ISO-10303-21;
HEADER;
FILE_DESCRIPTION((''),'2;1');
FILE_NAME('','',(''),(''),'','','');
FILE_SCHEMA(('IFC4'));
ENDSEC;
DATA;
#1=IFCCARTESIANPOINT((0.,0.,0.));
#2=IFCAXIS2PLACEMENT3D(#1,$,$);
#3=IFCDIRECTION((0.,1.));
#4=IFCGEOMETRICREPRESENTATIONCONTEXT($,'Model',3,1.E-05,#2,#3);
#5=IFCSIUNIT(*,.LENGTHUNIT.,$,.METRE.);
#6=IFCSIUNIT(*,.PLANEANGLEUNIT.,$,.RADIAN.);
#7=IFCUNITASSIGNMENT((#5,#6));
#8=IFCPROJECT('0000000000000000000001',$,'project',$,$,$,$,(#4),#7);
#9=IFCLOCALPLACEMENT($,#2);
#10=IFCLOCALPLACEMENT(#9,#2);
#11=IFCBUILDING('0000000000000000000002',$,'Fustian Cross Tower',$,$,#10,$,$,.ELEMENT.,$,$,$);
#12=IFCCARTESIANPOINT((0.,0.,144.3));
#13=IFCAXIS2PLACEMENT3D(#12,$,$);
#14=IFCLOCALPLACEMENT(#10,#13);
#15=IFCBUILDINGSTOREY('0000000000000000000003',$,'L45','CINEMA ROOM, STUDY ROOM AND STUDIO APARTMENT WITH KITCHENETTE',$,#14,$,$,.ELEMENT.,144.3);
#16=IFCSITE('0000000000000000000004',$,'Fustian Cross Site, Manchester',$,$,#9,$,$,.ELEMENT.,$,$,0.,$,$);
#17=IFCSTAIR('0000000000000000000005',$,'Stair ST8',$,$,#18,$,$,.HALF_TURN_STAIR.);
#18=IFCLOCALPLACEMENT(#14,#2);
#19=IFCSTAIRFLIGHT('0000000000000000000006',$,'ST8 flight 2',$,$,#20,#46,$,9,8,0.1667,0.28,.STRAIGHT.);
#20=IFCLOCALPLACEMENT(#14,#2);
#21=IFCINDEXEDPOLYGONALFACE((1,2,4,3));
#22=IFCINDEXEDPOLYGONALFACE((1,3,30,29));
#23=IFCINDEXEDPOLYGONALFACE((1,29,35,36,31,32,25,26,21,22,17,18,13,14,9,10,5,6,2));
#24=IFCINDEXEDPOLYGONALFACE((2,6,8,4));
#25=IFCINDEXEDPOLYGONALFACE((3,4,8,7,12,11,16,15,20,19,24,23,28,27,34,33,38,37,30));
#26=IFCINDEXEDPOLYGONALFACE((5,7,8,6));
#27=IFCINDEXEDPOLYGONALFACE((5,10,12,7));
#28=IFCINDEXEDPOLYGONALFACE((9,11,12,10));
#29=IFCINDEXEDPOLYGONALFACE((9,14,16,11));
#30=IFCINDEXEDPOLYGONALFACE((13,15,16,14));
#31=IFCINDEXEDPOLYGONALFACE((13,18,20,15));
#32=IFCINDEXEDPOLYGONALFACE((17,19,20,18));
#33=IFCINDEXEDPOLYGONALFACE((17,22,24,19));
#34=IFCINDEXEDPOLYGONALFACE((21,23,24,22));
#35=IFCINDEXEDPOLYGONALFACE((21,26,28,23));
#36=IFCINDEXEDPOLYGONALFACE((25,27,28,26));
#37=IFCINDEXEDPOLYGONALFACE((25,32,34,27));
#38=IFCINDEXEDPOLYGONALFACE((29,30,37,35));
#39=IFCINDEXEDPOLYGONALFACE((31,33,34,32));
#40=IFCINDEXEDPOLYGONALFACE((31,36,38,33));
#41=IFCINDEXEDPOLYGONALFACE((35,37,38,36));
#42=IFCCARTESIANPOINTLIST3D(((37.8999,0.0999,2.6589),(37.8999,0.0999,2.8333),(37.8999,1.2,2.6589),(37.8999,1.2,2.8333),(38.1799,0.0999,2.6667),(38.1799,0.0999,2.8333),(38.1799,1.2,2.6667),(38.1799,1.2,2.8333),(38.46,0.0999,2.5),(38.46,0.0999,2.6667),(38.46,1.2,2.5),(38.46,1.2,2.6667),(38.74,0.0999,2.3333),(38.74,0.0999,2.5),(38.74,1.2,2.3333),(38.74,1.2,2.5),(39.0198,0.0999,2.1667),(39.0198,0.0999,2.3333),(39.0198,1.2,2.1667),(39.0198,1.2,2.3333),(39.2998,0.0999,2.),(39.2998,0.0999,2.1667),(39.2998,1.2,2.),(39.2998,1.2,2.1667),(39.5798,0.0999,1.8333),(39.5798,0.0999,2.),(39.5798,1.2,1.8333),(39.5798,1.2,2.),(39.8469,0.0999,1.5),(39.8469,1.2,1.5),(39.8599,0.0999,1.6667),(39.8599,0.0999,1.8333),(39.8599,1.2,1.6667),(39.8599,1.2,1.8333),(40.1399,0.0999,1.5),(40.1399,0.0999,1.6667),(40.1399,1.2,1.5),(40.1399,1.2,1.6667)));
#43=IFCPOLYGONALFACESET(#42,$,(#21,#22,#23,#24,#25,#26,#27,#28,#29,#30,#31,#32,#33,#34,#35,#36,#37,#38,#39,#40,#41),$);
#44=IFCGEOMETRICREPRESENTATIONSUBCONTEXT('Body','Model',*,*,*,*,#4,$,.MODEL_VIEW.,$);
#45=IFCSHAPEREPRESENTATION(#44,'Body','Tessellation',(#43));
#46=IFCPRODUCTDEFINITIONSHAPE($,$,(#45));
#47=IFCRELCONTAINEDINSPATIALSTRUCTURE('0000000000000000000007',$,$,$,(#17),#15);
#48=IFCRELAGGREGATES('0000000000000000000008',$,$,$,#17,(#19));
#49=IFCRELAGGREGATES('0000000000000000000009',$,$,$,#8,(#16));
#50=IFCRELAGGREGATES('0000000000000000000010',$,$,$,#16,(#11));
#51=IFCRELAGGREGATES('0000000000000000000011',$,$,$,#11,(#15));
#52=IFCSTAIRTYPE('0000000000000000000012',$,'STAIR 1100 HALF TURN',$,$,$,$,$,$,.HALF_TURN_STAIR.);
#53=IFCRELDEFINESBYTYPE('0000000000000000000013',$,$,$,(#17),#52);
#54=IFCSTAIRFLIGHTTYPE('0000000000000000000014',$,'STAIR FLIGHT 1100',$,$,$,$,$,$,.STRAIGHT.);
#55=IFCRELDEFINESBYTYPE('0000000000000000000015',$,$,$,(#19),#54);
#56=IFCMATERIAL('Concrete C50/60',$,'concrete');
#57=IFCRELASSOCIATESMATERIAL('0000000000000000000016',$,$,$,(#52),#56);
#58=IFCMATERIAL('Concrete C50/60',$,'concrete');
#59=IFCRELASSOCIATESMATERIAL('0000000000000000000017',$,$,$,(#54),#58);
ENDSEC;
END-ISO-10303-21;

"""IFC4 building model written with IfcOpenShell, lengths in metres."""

from ifc_helpers import new_model, si_unit, direction, frame, origin, place, context, subcontext, project, spatial, polyline, outline, extrude, material, type_object, element, aggregate, save


model = new_model("IFC4")

# Units and contexts
model_context = context("Model", 3, precision=1e-05, world=origin(), true_north=direction((0.0, 1.0)))
body_context = subcontext(model_context, "Body", "Model", "MODEL_VIEW")
ifc_project = project(units=[si_unit("LENGTHUNIT", "METRE"), si_unit("PLANEANGLEUNIT", "RADIAN")], contexts=[model_context])

# Site, building, storey
site_placement = place(None, origin())
site = spatial("IfcSite", under=ifc_project, at=site_placement, Name="Fustian Cross Site, Manchester", CompositionType="ELEMENT", RefElevation=0.0)
building_placement = place(site_placement, origin())
building = spatial("IfcBuilding", under=site, at=building_placement, Name="Fustian Cross Tower", CompositionType="ELEMENT")
storey_placement = place(building_placement, frame((0.0, 0.0, 144.3)))
storey = spatial("IfcBuildingStorey", under=building, at=storey_placement, Name="L45", Description="CINEMA ROOM, STUDY ROOM AND STUDIO APARTMENT WITH KITCHENETTE", CompositionType="ELEMENT", Elevation=144.3)

# Stair, stair flight
ifc_material_1 = material(Name="Concrete C50/60", Category="concrete")
stair_type = type_object("IfcStairType", Name="STAIR 1100 HALF TURN", PredefinedType="HALF_TURN_STAIR", material=ifc_material_1)
stair_placement = place(storey_placement, origin())
stair = element("IfcStair", 1, at=stair_placement, inside=storey, type_object=stair_type, Name="Stair ST8", PredefinedType="HALF_TURN_STAIR")
ifc_material_2 = material(Name="Concrete C50/60", Category="concrete")
stair_flight_type = type_object("IfcStairFlightType", Name="STAIR FLIGHT 1100", PredefinedType="STRAIGHT", material=ifc_material_2)
stair_flight_placement = place(storey_placement, frame((40.1399, 0.6499, 1.5), z_axis=(0.0, 0.0, 1.0), x_axis=(-1.0, 0.0, 0.0)))
stair_flight = element("IfcStairFlight", 2, at=stair_flight_placement, type_object=stair_flight_type, Name="ST8 flight 2", NumberOfRisers=9, NumberOfTreads=8, PredefinedType="STRAIGHT", RiserHeight=0.1667, TreadLength=0.28, context=body_context, shape_type="SweptSolid", body=[
    extrude(outline(polyline([(0.0, 0.0), (0.0, 0.1667), (0.28, 0.1667), (0.28, 0.3333), (0.5601, 0.3333), (0.5601, 0.5), (0.8401, 0.5), (0.8401, 0.6667), (1.1201, 0.6667), (1.1201, 0.8333), (1.3999, 0.8333), (1.3999, 1.0), (1.6799, 1.0), (1.6799, 1.1667), (1.96, 1.1667), (1.96, 1.3333), (2.24, 1.3333), (2.24, 1.5), (2.24, 1.1589), (0.293, 0.0), (0.0, 0.0)])), frame((0.0, 0.55, 0.0), z_axis=(0.0, -1.0, 0.0), x_axis=(1.0, 0.0, 0.0)), (0.0, 0.0, 1.0), 1.1001),
])
aggregate(stair, [stair_flight])

save(model, "model.ifc")
